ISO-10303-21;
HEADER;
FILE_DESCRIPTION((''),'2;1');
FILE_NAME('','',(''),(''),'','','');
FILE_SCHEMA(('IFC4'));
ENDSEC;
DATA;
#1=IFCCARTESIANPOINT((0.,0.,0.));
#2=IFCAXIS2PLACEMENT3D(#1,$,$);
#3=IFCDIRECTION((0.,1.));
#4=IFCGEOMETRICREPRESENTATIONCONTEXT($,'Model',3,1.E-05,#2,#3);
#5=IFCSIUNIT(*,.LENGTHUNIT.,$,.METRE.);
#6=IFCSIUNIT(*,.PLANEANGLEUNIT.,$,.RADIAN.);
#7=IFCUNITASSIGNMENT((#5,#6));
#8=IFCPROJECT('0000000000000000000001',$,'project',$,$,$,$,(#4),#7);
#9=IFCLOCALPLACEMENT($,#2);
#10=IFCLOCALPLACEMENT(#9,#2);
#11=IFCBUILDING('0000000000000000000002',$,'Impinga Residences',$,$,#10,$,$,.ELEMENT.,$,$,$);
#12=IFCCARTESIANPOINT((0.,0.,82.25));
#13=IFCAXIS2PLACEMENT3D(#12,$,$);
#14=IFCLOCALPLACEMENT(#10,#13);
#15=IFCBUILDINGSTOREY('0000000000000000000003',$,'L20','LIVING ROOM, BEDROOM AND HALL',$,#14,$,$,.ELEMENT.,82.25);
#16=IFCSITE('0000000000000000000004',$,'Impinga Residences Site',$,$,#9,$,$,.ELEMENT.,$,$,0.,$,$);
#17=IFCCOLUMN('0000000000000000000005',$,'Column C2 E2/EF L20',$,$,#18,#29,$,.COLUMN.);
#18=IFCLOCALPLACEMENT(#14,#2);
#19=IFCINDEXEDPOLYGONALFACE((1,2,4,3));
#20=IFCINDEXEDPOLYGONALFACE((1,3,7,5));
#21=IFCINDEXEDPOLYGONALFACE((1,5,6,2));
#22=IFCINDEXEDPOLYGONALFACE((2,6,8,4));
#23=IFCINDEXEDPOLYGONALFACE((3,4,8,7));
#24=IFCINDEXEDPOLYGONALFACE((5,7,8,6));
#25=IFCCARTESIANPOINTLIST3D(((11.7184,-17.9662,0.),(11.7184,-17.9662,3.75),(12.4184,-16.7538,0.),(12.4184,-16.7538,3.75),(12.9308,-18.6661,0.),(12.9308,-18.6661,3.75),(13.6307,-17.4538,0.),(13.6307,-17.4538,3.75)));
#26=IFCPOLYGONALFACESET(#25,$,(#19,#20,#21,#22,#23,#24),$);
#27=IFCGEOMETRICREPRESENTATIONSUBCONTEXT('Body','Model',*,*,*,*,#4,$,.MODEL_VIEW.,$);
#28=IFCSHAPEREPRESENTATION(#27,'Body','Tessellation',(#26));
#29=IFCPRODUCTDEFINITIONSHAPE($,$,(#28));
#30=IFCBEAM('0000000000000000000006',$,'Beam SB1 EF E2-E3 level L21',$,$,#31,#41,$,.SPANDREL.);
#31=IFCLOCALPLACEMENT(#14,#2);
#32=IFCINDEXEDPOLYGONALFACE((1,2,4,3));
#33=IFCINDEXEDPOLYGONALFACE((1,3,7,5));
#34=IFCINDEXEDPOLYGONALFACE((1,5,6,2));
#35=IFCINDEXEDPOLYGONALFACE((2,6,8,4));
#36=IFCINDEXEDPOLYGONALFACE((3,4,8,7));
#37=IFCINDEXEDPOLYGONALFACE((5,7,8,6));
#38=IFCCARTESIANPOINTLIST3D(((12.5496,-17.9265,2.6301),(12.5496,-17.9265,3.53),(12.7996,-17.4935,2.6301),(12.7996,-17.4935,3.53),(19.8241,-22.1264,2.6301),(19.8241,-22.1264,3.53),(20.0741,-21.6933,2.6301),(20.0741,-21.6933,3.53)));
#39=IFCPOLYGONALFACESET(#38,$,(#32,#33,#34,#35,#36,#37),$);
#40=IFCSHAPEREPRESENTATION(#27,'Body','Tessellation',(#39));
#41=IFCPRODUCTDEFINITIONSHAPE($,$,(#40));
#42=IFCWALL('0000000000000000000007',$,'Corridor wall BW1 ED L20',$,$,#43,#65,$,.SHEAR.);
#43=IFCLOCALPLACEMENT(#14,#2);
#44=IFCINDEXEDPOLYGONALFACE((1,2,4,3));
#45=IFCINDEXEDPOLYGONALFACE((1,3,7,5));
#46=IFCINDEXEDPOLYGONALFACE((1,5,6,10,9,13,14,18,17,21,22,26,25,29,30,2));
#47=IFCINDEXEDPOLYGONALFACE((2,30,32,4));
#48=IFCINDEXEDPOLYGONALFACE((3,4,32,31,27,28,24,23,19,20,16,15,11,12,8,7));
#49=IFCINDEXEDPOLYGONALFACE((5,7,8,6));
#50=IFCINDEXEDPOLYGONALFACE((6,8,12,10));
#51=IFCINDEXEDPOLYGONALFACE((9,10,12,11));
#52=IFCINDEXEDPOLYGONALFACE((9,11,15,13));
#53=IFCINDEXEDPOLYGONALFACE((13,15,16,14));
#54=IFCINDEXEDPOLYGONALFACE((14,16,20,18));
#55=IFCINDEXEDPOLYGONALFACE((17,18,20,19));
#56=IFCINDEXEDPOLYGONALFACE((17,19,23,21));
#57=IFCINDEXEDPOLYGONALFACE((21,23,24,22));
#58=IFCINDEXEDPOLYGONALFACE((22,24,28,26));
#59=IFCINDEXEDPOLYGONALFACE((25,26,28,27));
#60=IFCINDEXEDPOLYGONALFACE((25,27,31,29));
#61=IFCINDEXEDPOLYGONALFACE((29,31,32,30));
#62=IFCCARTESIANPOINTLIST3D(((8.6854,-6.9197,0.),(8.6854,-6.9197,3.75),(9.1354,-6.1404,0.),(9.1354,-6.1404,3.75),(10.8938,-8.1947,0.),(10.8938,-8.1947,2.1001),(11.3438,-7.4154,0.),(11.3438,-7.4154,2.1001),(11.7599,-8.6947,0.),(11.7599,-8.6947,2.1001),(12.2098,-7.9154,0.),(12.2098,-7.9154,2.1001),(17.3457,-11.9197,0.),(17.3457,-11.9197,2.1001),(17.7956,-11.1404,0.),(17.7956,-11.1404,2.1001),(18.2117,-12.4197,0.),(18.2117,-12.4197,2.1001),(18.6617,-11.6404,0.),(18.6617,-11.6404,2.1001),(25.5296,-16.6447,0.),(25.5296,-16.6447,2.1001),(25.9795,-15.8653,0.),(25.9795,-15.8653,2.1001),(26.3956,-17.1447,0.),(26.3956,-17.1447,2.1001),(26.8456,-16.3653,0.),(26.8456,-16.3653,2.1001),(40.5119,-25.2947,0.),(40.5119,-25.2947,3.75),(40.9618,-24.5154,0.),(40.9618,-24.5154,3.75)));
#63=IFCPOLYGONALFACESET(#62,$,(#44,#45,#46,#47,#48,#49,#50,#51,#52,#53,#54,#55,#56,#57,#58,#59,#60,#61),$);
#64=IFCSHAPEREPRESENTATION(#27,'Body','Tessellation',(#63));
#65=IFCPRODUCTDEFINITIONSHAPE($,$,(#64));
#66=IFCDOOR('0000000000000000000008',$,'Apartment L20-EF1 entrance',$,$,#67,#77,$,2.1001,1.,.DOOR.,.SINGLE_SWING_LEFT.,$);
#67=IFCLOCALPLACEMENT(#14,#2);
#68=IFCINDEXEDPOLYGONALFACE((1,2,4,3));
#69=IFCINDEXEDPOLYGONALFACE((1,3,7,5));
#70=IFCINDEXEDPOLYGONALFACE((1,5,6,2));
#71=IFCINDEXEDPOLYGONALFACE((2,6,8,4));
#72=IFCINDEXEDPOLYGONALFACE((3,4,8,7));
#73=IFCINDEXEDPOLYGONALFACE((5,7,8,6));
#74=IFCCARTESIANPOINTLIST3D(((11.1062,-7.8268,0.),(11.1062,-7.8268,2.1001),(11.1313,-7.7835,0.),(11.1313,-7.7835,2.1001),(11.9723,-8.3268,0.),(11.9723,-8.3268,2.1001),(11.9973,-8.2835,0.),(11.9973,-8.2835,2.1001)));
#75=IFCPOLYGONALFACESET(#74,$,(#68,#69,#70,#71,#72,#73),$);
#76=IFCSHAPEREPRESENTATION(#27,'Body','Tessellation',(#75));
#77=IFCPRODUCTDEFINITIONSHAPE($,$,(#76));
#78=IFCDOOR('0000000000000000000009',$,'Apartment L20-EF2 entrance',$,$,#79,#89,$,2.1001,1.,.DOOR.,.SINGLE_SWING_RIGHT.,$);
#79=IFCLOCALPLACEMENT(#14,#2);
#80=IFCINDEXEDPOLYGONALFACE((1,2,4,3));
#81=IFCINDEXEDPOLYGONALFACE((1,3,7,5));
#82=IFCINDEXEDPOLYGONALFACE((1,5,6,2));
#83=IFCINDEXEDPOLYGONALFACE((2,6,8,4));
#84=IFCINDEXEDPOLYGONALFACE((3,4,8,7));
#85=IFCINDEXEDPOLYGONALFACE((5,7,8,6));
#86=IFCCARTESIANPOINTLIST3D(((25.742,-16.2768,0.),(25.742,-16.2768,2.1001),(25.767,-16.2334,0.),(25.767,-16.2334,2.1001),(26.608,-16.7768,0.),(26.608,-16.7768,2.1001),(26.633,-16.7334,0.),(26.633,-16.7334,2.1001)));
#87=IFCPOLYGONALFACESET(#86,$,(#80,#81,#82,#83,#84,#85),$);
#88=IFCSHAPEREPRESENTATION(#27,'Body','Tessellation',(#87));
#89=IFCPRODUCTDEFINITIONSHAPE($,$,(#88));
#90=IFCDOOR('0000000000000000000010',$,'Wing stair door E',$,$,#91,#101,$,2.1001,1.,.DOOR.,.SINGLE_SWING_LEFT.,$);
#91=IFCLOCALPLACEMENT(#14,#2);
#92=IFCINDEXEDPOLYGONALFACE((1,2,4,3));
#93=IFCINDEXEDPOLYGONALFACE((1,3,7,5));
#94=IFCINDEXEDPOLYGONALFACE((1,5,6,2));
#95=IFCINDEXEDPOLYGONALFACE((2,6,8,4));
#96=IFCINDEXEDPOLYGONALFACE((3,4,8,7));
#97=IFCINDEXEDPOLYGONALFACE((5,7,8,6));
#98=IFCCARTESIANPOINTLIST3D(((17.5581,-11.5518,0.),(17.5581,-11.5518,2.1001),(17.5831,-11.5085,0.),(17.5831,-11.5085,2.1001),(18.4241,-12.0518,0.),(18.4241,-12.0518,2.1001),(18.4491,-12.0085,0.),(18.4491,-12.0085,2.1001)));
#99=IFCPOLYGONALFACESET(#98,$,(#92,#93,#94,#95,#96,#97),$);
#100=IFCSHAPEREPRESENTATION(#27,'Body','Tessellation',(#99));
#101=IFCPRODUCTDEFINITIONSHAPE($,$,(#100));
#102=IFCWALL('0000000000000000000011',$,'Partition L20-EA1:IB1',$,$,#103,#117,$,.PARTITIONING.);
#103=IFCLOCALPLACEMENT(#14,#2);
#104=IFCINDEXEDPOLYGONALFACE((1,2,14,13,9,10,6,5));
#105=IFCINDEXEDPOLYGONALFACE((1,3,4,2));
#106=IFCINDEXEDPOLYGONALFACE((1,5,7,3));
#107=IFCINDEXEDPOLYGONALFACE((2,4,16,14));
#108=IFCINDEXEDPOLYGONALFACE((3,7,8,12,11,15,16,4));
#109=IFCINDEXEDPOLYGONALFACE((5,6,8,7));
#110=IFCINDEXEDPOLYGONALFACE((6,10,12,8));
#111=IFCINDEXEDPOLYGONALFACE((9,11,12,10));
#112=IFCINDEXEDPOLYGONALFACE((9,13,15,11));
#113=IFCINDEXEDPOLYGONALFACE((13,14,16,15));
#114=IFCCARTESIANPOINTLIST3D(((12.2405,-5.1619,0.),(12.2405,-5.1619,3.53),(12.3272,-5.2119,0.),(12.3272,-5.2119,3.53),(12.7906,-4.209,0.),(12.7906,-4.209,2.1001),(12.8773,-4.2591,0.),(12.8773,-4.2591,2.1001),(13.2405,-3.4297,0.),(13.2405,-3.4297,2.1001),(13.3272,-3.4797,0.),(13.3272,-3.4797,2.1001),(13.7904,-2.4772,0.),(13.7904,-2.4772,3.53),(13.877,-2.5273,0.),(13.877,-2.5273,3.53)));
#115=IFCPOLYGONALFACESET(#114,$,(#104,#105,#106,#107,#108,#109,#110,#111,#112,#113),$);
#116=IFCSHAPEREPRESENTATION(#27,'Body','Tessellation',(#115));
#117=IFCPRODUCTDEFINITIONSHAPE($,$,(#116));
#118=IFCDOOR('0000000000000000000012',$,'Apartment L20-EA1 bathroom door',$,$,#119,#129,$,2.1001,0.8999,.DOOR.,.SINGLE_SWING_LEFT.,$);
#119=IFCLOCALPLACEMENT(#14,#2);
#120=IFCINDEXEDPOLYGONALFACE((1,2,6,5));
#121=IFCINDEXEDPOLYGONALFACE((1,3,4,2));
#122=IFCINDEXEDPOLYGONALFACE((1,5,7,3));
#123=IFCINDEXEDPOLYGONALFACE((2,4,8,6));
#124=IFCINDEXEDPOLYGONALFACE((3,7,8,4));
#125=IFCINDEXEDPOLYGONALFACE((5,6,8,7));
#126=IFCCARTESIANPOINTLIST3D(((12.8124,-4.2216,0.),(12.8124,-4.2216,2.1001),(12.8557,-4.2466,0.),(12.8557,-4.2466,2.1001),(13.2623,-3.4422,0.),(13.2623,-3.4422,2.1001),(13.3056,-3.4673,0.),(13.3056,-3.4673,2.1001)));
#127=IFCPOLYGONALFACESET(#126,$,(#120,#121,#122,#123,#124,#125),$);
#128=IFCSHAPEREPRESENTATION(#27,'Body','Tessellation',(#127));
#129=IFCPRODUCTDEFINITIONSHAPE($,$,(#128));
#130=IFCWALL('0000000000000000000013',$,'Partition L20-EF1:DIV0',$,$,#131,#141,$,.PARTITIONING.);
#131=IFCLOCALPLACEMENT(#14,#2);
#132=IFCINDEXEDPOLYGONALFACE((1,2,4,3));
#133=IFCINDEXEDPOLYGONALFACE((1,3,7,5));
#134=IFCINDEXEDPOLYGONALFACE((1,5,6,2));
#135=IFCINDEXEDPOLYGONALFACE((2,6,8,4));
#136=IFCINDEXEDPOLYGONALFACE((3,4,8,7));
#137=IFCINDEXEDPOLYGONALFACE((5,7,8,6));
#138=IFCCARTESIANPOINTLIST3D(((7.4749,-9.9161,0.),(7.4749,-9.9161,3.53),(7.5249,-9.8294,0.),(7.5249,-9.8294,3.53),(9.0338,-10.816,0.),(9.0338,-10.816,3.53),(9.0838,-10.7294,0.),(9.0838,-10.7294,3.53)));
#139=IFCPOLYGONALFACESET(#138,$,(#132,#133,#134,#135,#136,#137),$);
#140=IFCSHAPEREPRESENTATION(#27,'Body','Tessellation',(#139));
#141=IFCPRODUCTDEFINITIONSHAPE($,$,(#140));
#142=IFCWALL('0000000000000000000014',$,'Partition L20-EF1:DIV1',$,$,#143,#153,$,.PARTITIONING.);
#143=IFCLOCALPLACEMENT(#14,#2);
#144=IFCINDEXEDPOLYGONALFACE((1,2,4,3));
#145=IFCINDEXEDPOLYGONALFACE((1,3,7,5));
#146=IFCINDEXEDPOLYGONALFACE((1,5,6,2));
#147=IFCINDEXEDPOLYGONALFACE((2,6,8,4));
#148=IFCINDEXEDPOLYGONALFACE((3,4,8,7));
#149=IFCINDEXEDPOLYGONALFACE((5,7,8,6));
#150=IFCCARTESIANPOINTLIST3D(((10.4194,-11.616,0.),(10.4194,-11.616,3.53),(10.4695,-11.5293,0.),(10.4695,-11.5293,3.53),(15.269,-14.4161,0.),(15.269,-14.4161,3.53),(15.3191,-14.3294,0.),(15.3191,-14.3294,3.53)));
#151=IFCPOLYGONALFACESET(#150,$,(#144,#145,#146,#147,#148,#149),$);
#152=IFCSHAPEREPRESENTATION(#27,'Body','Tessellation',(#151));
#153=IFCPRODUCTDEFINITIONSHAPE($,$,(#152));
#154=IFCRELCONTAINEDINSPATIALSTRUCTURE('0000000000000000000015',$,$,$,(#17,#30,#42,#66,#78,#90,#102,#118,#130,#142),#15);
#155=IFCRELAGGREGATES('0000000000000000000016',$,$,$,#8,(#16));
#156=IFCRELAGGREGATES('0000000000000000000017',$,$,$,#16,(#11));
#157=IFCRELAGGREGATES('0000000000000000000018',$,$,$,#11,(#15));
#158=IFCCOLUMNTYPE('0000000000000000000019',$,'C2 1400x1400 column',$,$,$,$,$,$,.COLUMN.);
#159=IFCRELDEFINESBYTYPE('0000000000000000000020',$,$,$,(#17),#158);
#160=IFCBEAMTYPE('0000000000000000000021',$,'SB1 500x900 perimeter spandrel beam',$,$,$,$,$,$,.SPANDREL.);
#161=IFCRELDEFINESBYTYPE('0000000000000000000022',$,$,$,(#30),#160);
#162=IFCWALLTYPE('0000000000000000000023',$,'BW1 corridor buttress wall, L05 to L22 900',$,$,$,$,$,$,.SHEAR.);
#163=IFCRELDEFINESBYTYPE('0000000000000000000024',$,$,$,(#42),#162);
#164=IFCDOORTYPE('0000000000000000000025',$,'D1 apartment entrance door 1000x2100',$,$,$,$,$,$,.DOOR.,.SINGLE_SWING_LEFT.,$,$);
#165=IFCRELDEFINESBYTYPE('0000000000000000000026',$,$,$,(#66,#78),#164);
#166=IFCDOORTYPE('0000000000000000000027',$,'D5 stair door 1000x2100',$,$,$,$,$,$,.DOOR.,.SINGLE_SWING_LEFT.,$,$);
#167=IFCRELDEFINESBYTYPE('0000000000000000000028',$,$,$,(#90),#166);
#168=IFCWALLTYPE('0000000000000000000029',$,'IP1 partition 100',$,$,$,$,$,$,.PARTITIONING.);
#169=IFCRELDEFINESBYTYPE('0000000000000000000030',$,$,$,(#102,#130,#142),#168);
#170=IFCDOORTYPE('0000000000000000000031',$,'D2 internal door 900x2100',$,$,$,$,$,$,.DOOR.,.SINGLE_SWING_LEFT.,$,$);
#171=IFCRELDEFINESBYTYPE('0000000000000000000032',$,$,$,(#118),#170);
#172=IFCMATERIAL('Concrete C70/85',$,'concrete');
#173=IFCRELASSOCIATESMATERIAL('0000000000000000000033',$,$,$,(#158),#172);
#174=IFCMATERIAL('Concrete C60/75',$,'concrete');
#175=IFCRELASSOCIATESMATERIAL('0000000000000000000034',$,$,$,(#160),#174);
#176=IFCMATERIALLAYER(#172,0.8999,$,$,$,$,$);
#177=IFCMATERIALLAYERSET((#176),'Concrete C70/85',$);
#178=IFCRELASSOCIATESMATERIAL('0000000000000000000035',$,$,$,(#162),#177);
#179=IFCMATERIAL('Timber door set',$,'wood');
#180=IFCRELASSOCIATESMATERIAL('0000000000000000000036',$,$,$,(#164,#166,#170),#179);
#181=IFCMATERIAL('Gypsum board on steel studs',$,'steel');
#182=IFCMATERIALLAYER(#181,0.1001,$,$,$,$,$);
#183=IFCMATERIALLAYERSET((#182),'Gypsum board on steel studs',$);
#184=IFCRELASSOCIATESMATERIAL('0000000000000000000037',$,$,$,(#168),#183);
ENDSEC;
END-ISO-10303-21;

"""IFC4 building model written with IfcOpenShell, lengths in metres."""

from ifc_helpers import new_model, si_unit, direction, frame, frame_2d, origin, origin_2d, place, context, subcontext, project, spatial, rectangle, extrude, material, layer, layer_set, material_profile, profile_set, type_object, element, fill, save


model = new_model("IFC4")

# Units and contexts
model_context = context("Model", 3, precision=1e-05, world=origin(), true_north=direction((0.0, 1.0)))
body_context = subcontext(model_context, "Body", "Model", "MODEL_VIEW")
ifc_project = project(units=[si_unit("LENGTHUNIT", "METRE"), si_unit("PLANEANGLEUNIT", "RADIAN")], contexts=[model_context])

# Site, building, storey
site_placement = place(None, origin())
site = spatial("IfcSite", under=ifc_project, at=site_placement, Name="Impinga Residences Site", CompositionType="ELEMENT", RefElevation=0.0)
building_placement = place(site_placement, origin())
building = spatial("IfcBuilding", under=site, at=building_placement, Name="Impinga Residences", CompositionType="ELEMENT")
storey_placement = place(building_placement, frame((0.0, 0.0, 82.25)))
storey = spatial("IfcBuildingStorey", under=building, at=storey_placement, Name="L20", Description="LIVING ROOM, BEDROOM AND HALL", CompositionType="ELEMENT", Elevation=82.25)

# Column
ifc_material_1 = material(Name="Concrete C70/85", Category="concrete")
ifc_material_profile_1 = material_profile(ifc_material_1, rectangle(XDim=1.3999, YDim=1.3999, at=origin_2d()), Name="RC 1400x1400")
ifc_profile_set_1 = profile_set([ifc_material_profile_1], Name="Concrete C70/85")
column_type = type_object("IfcColumnType", Name="C2 1400x1400 column", PredefinedType="COLUMN", material=ifc_profile_set_1)
column_placement = place(storey_placement, frame((12.6746, -17.71, 0.0), z_axis=(0.0, 0.0, 1.0), x_axis=(-0.5, -0.866025, 0.0)))
element("IfcColumn", 1, at=column_placement, inside=storey, type_object=column_type, Name="Column C2 E2/EF L20", PredefinedType="COLUMN", context=body_context, shape_type="SweptSolid", body=[
    extrude(rectangle(XDim=1.3999, YDim=1.3999, at=origin_2d()), origin(), (0.0, 0.0, 1.0), 3.75),
])

# Beam
ifc_material_2 = material(Name="Concrete C60/75", Category="concrete")
ifc_material_profile_2 = material_profile(ifc_material_2, rectangle(XDim=0.5, YDim=0.8999, at=origin_2d()), Name="RC 500x900")
ifc_profile_set_2 = profile_set([ifc_material_profile_2], Name="Concrete C60/75")
beam_type = type_object("IfcBeamType", Name="SB1 500x900 perimeter spandrel beam", PredefinedType="SPANDREL", material=ifc_profile_set_2)
beam_placement = place(storey_placement, frame((12.6746, -17.71, 3.0801), z_axis=(0.866029, -0.499993, 0.0), x_axis=(0.499993, 0.866029, 0.0)))
element("IfcBeam", 2, at=beam_placement, inside=storey, type_object=beam_type, Name="Beam SB1 EF E2-E3 level L21", PredefinedType="SPANDREL", context=body_context, shape_type="SweptSolid", body=[
    extrude(rectangle(XDim=0.5, YDim=0.8999, at=origin_2d()), origin(), (0.0, 0.0, 1.0), 8.3999),
])

# Wall, openings, doors
ifc_layer_1 = layer(ifc_material_1, 0.8999)
ifc_layer_set_1 = layer_set([ifc_layer_1], Name="Concrete C70/85")
wall_type_1 = type_object("IfcWallType", Name="BW1 corridor buttress wall, L05 to L22 900", PredefinedType="SHEAR", material=ifc_layer_set_1)
wall_1_placement = place(storey_placement, frame((8.9104, -6.53, 0.0), z_axis=(0.0, 0.0, 1.0), x_axis=(0.866025, -0.5, 0.0)))
wall_1 = element("IfcWall", 3, at=wall_1_placement, inside=storey, type_object=wall_type_1, Name="Corridor wall BW1 ED L20", PredefinedType="SHEAR", context=body_context, shape_type="SweptSolid", body=[
    extrude(rectangle(XDim=36.75, YDim=0.8999, at=frame_2d((18.375, 0.0))), origin(), (0.0, 0.0, 1.0), 3.75),
])
opening_1_placement = place(wall_1_placement, frame((10.0, 0.0, 0.0)))
opening_1 = element("IfcOpeningElement", 4, at=opening_1_placement, cuts=wall_1, PredefinedType="OPENING", context=body_context, shape_type="SweptSolid", body=[
    extrude(rectangle(XDim=1.0, YDim=2.1001, at=frame_2d((0.5, 1.05))), frame((0.0, 0.46, 0.0), z_axis=(0.0, -1.0, 0.0), x_axis=(1.0, 0.0, 0.0)), (0.0, 0.0, 1.0), 0.9199),
])
opening_2_placement = place(wall_1_placement, frame((2.55, 0.0, 0.0)))
opening_2 = element("IfcOpeningElement", 5, at=opening_2_placement, cuts=wall_1, PredefinedType="OPENING", context=body_context, shape_type="SweptSolid", body=[
    extrude(rectangle(XDim=1.0, YDim=2.1001, at=frame_2d((0.5, 1.05))), frame((0.0, 0.46, 0.0), z_axis=(0.0, -1.0, 0.0), x_axis=(1.0, 0.0, 0.0)), (0.0, 0.0, 1.0), 0.9199),
])
opening_3_placement = place(wall_1_placement, frame((19.45, 0.0, 0.0)))
opening_3 = element("IfcOpeningElement", 6, at=opening_3_placement, cuts=wall_1, PredefinedType="OPENING", context=body_context, shape_type="SweptSolid", body=[
    extrude(rectangle(XDim=1.0, YDim=2.1001, at=frame_2d((0.5, 1.05))), frame((0.0, 0.46, 0.0), z_axis=(0.0, -1.0, 0.0), x_axis=(1.0, 0.0, 0.0)), (0.0, 0.0, 1.0), 0.9199),
])
ifc_material_3 = material(Name="Timber door set", Category="wood")
door_type_1 = type_object("IfcDoorType", Name="D1 apartment entrance door 1000x2100", OperationType="SINGLE_SWING_LEFT", PredefinedType="DOOR", material=ifc_material_3)
door_1_placement = place(opening_2_placement, origin())
door_1 = element("IfcDoor", 7, at=door_1_placement, inside=storey, type_object=door_type_1, Name="Apartment L20-EF1 entrance", OperationType="SINGLE_SWING_LEFT", OverallHeight=2.1001, OverallWidth=1.0, PredefinedType="DOOR", context=body_context, shape_type="SweptSolid", body=[
    extrude(rectangle(XDim=1.0, YDim=2.1001, at=frame_2d((0.5, 1.05))), frame((0.0, 0.0249, 0.0), z_axis=(0.0, -1.0, 0.0), x_axis=(1.0, 0.0, 0.0)), (0.0, 0.0, 1.0), 0.05),
])
fill(opening_2, door_1)
door_2_placement = place(opening_3_placement, origin())
door_2 = element("IfcDoor", 8, at=door_2_placement, inside=storey, type_object=door_type_1, Name="Apartment L20-EF2 entrance", OperationType="SINGLE_SWING_RIGHT", OverallHeight=2.1001, OverallWidth=1.0, PredefinedType="DOOR", context=body_context, shape_type="SweptSolid", body=[
    extrude(rectangle(XDim=1.0, YDim=2.1001, at=frame_2d((0.5, 1.05))), frame((0.0, 0.0249, 0.0), z_axis=(0.0, -1.0, 0.0), x_axis=(1.0, 0.0, 0.0)), (0.0, 0.0, 1.0), 0.05),
])
fill(opening_3, door_2)
door_type_2 = type_object("IfcDoorType", Name="D5 stair door 1000x2100", OperationType="SINGLE_SWING_LEFT", PredefinedType="DOOR", material=ifc_material_3)
door_3_placement = place(opening_1_placement, origin())
door_3 = element("IfcDoor", 9, at=door_3_placement, inside=storey, type_object=door_type_2, Name="Wing stair door E", OperationType="SINGLE_SWING_LEFT", OverallHeight=2.1001, OverallWidth=1.0, PredefinedType="DOOR", context=body_context, shape_type="SweptSolid", body=[
    extrude(rectangle(XDim=1.0, YDim=2.1001, at=frame_2d((0.5, 1.05))), frame((0.0, 0.0249, 0.0), z_axis=(0.0, -1.0, 0.0), x_axis=(1.0, 0.0, 0.0)), (0.0, 0.0, 1.0), 0.05),
])
fill(opening_1, door_3)

# Wall, opening, door
ifc_material_4 = material(Name="Gypsum board on steel studs", Category="steel")
ifc_layer_2 = layer(ifc_material_4, 0.1001)
ifc_layer_set_2 = layer_set([ifc_layer_2], Name="Gypsum board on steel studs")
wall_type_2 = type_object("IfcWallType", Name="IP1 partition 100", PredefinedType="PARTITIONING", material=ifc_layer_set_2)
wall_2_placement = place(storey_placement, frame((12.2839, -5.1868, 0.0), z_axis=(0.0, 0.0, 1.0), x_axis=(0.499968, 0.866044, 0.0)))
wall_2 = element("IfcWall", 10, at=wall_2_placement, inside=storey, type_object=wall_type_2, Name="Partition L20-EA1:IB1", PredefinedType="PARTITIONING", context=body_context, shape_type="SweptSolid", body=[
    extrude(rectangle(XDim=3.0999, YDim=0.1001, at=frame_2d((1.5498, 0.0))), origin(), (0.0, 0.0, 1.0), 3.53),
])
opening_4_placement = place(wall_2_placement, frame((1.1001, 0.0, 0.0)))
opening_4 = element("IfcOpeningElement", 11, at=opening_4_placement, cuts=wall_2, PredefinedType="OPENING", context=body_context, shape_type="SweptSolid", body=[
    extrude(rectangle(XDim=0.8999, YDim=2.1001, at=frame_2d((0.45, 1.05))), frame((0.0, 0.0601, 0.0), z_axis=(0.0, -1.0, 0.0), x_axis=(1.0, 0.0, 0.0)), (0.0, 0.0, 1.0), 0.1201),
])
door_type_3 = type_object("IfcDoorType", Name="D2 internal door 900x2100", OperationType="SINGLE_SWING_LEFT", PredefinedType="DOOR", material=ifc_material_3)
door_4_placement = place(opening_4_placement, origin())
door_4 = element("IfcDoor", 12, at=door_4_placement, inside=storey, type_object=door_type_3, Name="Apartment L20-EA1 bathroom door", OperationType="SINGLE_SWING_LEFT", OverallHeight=2.1001, OverallWidth=0.8999, PredefinedType="DOOR", context=body_context, shape_type="SweptSolid", body=[
    extrude(rectangle(XDim=0.8999, YDim=2.1001, at=frame_2d((0.45, 1.05))), frame((0.0, 0.0249, 0.0), z_axis=(0.0, -1.0, 0.0), x_axis=(1.0, 0.0, 0.0)), (0.0, 0.0, 1.0), 0.05),
])
fill(opening_4, door_4)

# Walls
wall_3_placement = place(storey_placement, frame((7.5, -9.8728, 0.0), z_axis=(0.0, 0.0, 1.0), x_axis=(0.866048, -0.499961, 0.0)))
element("IfcWall", 13, at=wall_3_placement, inside=storey, type_object=wall_type_2, Name="Partition L20-EF1:DIV0", PredefinedType="PARTITIONING", context=body_context, shape_type="SweptSolid", body=[
    extrude(rectangle(XDim=1.8, YDim=0.1001, at=frame_2d((0.8999, 0.0))), origin(), (0.0, 0.0, 1.0), 3.53),
])
wall_4_placement = place(storey_placement, frame((10.4446, -11.5728, 0.0), z_axis=(0.0, 0.0, 1.0), x_axis=(0.866016, -0.500017, 0.0)))
element("IfcWall", 14, at=wall_4_placement, inside=storey, type_object=wall_type_2, Name="Partition L20-EF1:DIV1", PredefinedType="PARTITIONING", context=body_context, shape_type="SweptSolid", body=[
    extrude(rectangle(XDim=5.5999, YDim=0.1001, at=frame_2d((2.7998, 0.0))), origin(), (0.0, 0.0, 1.0), 3.53),
])

save(model, "model.ifc")
